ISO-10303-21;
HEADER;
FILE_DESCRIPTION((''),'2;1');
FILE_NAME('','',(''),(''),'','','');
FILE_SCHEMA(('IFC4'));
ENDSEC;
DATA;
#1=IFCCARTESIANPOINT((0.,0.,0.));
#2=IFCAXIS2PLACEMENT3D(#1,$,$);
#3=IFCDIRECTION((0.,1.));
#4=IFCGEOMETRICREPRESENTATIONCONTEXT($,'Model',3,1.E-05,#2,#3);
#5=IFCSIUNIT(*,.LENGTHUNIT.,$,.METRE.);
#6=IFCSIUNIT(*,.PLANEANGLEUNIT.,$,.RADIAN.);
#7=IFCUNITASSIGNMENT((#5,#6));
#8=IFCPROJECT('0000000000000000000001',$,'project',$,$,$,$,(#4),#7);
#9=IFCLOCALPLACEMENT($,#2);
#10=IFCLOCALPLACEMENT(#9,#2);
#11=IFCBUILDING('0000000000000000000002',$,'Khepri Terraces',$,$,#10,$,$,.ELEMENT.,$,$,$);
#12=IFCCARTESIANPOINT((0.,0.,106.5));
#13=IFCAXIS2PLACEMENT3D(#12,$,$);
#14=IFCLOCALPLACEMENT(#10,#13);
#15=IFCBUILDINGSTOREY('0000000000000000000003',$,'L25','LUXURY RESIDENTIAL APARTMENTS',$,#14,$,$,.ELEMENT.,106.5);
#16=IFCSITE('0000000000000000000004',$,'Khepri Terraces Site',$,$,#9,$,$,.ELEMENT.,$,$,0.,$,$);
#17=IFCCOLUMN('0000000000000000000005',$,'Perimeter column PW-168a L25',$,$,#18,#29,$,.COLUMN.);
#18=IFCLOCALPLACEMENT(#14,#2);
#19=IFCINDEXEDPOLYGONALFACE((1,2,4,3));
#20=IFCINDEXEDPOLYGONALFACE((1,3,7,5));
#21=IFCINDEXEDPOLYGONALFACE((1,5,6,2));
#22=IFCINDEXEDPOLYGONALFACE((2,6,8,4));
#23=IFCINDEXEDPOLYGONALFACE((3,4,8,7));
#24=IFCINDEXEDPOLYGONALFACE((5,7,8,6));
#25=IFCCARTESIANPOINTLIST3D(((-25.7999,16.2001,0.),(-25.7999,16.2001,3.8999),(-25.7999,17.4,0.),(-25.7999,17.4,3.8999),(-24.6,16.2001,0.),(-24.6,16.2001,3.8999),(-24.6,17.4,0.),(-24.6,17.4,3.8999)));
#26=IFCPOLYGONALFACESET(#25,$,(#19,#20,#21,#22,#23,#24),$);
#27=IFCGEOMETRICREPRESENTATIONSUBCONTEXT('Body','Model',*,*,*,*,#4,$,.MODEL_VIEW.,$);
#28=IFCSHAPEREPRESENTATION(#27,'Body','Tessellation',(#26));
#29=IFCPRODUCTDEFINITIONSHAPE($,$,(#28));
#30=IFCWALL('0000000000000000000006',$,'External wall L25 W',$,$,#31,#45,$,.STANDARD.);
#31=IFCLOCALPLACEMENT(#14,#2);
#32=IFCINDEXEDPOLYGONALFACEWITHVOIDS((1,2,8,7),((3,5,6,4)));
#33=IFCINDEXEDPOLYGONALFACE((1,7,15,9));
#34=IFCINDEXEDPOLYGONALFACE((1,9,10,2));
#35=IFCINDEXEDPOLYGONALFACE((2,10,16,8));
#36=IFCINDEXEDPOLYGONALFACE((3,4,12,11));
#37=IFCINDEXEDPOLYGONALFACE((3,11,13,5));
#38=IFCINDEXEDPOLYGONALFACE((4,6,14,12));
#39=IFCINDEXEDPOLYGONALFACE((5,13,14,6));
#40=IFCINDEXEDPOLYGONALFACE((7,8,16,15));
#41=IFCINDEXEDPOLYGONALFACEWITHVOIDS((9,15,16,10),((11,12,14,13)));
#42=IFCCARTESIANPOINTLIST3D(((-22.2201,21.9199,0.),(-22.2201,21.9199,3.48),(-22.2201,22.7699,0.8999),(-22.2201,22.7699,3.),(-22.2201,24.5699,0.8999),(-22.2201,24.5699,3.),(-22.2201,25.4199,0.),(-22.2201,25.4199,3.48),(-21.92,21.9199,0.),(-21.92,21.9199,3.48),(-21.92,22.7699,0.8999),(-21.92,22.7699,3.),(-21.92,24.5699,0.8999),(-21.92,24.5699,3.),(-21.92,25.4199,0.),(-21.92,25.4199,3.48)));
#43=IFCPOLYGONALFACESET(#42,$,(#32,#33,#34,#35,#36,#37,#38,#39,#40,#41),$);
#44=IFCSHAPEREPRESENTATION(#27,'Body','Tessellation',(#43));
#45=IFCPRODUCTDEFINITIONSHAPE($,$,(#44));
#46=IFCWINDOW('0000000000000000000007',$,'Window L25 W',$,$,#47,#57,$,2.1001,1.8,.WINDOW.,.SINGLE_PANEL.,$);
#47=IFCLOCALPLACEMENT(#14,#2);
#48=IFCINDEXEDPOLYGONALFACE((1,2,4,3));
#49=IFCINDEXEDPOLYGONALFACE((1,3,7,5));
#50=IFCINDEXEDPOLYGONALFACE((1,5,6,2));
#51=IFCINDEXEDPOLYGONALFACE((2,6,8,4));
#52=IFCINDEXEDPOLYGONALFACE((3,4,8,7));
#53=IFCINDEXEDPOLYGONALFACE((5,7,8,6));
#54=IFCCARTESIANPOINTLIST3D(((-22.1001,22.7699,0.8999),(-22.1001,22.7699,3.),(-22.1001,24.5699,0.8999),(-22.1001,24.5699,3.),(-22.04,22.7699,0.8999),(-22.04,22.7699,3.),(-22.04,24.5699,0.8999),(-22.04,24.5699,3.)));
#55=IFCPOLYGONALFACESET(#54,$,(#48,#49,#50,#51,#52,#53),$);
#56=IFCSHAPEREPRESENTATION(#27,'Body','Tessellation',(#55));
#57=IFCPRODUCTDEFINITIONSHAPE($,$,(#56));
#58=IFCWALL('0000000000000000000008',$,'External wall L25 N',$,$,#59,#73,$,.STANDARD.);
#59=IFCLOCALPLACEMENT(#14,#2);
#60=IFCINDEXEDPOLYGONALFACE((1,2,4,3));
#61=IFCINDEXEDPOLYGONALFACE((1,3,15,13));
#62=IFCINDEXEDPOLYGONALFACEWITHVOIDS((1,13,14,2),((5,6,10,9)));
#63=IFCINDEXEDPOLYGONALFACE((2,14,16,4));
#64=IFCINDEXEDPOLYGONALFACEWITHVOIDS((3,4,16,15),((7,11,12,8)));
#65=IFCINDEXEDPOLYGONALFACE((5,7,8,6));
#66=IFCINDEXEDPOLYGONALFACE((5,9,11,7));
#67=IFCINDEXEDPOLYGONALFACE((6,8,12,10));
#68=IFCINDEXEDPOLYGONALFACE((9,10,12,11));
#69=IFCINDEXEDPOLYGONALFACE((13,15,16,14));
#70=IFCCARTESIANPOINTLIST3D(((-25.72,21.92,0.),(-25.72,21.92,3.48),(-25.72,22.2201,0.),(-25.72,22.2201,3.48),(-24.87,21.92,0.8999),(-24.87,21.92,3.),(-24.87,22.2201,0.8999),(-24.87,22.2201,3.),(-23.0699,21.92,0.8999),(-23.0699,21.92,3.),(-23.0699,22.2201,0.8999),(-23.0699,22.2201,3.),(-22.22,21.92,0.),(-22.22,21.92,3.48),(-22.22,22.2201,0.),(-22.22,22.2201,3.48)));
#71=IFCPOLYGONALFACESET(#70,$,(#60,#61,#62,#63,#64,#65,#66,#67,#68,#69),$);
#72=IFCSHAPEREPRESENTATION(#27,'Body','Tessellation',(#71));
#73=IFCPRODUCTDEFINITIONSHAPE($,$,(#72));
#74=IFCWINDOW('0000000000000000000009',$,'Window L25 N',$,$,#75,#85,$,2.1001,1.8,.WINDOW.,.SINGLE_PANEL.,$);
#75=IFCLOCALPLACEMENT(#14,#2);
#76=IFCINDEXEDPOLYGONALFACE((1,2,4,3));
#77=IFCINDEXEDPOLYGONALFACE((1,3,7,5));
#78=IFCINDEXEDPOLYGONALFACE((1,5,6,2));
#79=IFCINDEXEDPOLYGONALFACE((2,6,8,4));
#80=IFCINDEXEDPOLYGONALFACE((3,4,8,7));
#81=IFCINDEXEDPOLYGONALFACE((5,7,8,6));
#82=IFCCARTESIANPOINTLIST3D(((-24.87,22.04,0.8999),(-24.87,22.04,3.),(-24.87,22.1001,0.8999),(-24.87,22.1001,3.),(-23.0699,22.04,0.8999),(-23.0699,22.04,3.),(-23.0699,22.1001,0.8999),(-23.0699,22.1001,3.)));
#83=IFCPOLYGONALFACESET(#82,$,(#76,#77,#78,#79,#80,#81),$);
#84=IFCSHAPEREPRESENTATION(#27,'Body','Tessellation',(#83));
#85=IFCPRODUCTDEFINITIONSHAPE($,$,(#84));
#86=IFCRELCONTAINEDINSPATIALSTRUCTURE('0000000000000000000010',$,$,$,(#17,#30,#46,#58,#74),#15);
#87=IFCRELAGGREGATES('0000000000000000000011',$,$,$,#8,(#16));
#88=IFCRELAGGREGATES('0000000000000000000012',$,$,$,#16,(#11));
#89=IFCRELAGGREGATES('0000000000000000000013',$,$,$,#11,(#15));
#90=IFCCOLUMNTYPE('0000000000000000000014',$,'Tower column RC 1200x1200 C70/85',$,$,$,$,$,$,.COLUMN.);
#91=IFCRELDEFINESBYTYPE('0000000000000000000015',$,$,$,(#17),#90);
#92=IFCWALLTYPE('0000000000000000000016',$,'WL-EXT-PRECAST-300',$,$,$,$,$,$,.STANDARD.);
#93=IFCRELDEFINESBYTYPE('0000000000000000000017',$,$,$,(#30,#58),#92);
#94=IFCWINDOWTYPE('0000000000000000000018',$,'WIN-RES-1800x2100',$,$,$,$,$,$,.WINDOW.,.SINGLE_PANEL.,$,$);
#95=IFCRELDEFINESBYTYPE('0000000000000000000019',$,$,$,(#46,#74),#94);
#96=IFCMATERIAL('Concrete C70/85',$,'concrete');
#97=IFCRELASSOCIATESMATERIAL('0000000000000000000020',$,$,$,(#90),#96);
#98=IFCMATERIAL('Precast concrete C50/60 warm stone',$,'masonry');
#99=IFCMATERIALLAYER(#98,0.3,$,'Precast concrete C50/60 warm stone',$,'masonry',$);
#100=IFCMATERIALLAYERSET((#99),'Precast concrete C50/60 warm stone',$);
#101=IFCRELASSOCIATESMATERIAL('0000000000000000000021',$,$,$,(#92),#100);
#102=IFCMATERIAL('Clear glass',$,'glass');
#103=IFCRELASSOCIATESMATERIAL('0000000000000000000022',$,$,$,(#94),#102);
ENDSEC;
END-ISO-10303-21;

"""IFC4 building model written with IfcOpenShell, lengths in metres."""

from ifc_helpers import new_model, si_unit, direction, frame, frame_2d, origin, origin_2d, place, context, subcontext, project, spatial, rectangle, extrude, material, layer, layer_set, material_profile, profile_set, type_object, element, fill, save


model = new_model("IFC4")

# Units and contexts
model_context = context("Model", 3, precision=1e-05, world=origin(), true_north=direction((0.0, 1.0)))
body_context = subcontext(model_context, "Body", "Model", "MODEL_VIEW")
ifc_project = project(units=[si_unit("LENGTHUNIT", "METRE"), si_unit("PLANEANGLEUNIT", "RADIAN")], contexts=[model_context])

# Site, building, storey
site_placement = place(None, origin())
site = spatial("IfcSite", under=ifc_project, at=site_placement, Name="Khepri Terraces Site", CompositionType="ELEMENT", RefElevation=0.0)
building_placement = place(site_placement, origin())
building = spatial("IfcBuilding", under=site, at=building_placement, Name="Khepri Terraces", CompositionType="ELEMENT")
storey_placement = place(building_placement, frame((0.0, 0.0, 106.5)))
storey = spatial("IfcBuildingStorey", under=building, at=storey_placement, Name="L25", Description="LUXURY RESIDENTIAL APARTMENTS", CompositionType="ELEMENT", Elevation=106.5)

# Column
ifc_material_1 = material(Name="Concrete C70/85", Category="concrete")
ifc_material_profile = material_profile(ifc_material_1, rectangle(XDim=1.2, YDim=1.2, at=origin_2d()), Name="Concrete C70/85", Category="concrete")
ifc_profile_set = profile_set([ifc_material_profile], Name="Concrete C70/85")
column_type = type_object("IfcColumnType", Name="Tower column RC 1200x1200 C70/85", PredefinedType="COLUMN", material=ifc_profile_set)
column_placement = place(storey_placement, frame((-25.2, 16.8, 0.0), z_axis=(0.0, 0.0, 1.0), x_axis=(1.0, 0.0, 0.0)))
element("IfcColumn", 1, at=column_placement, inside=storey, type_object=column_type, Name="Perimeter column PW-168a L25", PredefinedType="COLUMN", context=body_context, shape_type="SweptSolid", body=[
    extrude(rectangle(XDim=1.2, YDim=1.2, at=origin_2d()), origin(), (0.0, 0.0, 1.0), 3.8999),
])

# Walls, openings, windows
ifc_material_2 = material(Name="Precast concrete C50/60 warm stone", Category="masonry")
ifc_layer = layer(ifc_material_2, 0.3, Name="Precast concrete C50/60 warm stone", Category="masonry")
ifc_layer_set = layer_set([ifc_layer], Name="Precast concrete C50/60 warm stone")
wall_type = type_object("IfcWallType", Name="WL-EXT-PRECAST-300", PredefinedType="STANDARD", material=ifc_layer_set)
wall_1_placement = place(storey_placement, frame((-22.0701, 25.4199, 0.0), z_axis=(0.0, 0.0, 1.0), x_axis=(0.0, -1.0, 0.0)))
wall_1 = element("IfcWall", 2, at=wall_1_placement, inside=storey, type_object=wall_type, Name="External wall L25 W", PredefinedType="STANDARD", context=body_context, shape_type="SweptSolid", body=[
    extrude(rectangle(XDim=3.5, YDim=0.3, at=frame_2d((1.75, 0.0))), origin(), (0.0, 0.0, 1.0), 3.48),
])
opening_1_placement = place(wall_1_placement, frame((0.8501, 0.0, 0.8999)))
opening_1 = element("IfcOpeningElement", 3, at=opening_1_placement, cuts=wall_1, PredefinedType="OPENING", context=body_context, shape_type="SweptSolid", body=[
    extrude(rectangle(XDim=1.8, YDim=2.1001, at=frame_2d((0.8999, 1.05))), frame((0.0, 0.1602, 0.0), z_axis=(0.0, -1.0, 0.0), x_axis=(1.0, 0.0, 0.0)), (0.0, 0.0, 1.0), 0.3201),
])
ifc_material_3 = material(Name="Clear glass", Category="glass")
window_type_1 = type_object("IfcWindowType", Name="WIN-RES-1800x2100", PartitioningType="SINGLE_PANEL", PredefinedType="WINDOW", material=ifc_material_3)
window_1_placement = place(opening_1_placement, origin())
window_1 = element("IfcWindow", 4, at=window_1_placement, inside=storey, type_object=window_type_1, Name="Window L25 W", OverallHeight=2.1001, OverallWidth=1.8, PartitioningType="SINGLE_PANEL", PredefinedType="WINDOW", context=body_context, shape_type="SweptSolid", body=[
    extrude(rectangle(XDim=1.8, YDim=2.1001, at=frame_2d((0.8999, 1.05))), frame((0.0, 0.03, 0.0), z_axis=(0.0, -1.0, 0.0), x_axis=(1.0, 0.0, 0.0)), (0.0, 0.0, 1.0), 0.0601),
])
fill(opening_1, window_1)
wall_2_placement = place(storey_placement, frame((-22.22, 22.0701, 0.0), z_axis=(0.0, 0.0, 1.0), x_axis=(-1.0, 0.0, 0.0)))
wall_2 = element("IfcWall", 5, at=wall_2_placement, inside=storey, type_object=wall_type, Name="External wall L25 N", PredefinedType="STANDARD", context=body_context, shape_type="SweptSolid", body=[
    extrude(rectangle(XDim=3.5, YDim=0.3, at=frame_2d((1.75, 0.0))), origin(), (0.0, 0.0, 1.0), 3.48),
])
opening_2_placement = place(wall_2_placement, frame((0.8501, 0.0, 0.8999)))
opening_2 = element("IfcOpeningElement", 6, at=opening_2_placement, cuts=wall_2, PredefinedType="OPENING", context=body_context, shape_type="SweptSolid", body=[
    extrude(rectangle(XDim=1.8, YDim=2.1001, at=frame_2d((0.8999, 1.05))), frame((0.0, 0.1602, 0.0), z_axis=(0.0, -1.0, 0.0), x_axis=(1.0, 0.0, 0.0)), (0.0, 0.0, 1.0), 0.3201),
])
window_2_placement = place(opening_2_placement, origin())
window_2 = element("IfcWindow", 7, at=window_2_placement, inside=storey, type_object=window_type_1, Name="Window L25 N", OverallHeight=2.1001, OverallWidth=1.8, PartitioningType="SINGLE_PANEL", PredefinedType="WINDOW", context=body_context, shape_type="SweptSolid", body=[
    extrude(rectangle(XDim=1.8, YDim=2.1001, at=frame_2d((0.8999, 1.05))), frame((0.0, 0.03, 0.0), z_axis=(0.0, -1.0, 0.0), x_axis=(1.0, 0.0, 0.0)), (0.0, 0.0, 1.0), 0.0601),
])
fill(opening_2, window_2)

save(model, "model.ifc")
